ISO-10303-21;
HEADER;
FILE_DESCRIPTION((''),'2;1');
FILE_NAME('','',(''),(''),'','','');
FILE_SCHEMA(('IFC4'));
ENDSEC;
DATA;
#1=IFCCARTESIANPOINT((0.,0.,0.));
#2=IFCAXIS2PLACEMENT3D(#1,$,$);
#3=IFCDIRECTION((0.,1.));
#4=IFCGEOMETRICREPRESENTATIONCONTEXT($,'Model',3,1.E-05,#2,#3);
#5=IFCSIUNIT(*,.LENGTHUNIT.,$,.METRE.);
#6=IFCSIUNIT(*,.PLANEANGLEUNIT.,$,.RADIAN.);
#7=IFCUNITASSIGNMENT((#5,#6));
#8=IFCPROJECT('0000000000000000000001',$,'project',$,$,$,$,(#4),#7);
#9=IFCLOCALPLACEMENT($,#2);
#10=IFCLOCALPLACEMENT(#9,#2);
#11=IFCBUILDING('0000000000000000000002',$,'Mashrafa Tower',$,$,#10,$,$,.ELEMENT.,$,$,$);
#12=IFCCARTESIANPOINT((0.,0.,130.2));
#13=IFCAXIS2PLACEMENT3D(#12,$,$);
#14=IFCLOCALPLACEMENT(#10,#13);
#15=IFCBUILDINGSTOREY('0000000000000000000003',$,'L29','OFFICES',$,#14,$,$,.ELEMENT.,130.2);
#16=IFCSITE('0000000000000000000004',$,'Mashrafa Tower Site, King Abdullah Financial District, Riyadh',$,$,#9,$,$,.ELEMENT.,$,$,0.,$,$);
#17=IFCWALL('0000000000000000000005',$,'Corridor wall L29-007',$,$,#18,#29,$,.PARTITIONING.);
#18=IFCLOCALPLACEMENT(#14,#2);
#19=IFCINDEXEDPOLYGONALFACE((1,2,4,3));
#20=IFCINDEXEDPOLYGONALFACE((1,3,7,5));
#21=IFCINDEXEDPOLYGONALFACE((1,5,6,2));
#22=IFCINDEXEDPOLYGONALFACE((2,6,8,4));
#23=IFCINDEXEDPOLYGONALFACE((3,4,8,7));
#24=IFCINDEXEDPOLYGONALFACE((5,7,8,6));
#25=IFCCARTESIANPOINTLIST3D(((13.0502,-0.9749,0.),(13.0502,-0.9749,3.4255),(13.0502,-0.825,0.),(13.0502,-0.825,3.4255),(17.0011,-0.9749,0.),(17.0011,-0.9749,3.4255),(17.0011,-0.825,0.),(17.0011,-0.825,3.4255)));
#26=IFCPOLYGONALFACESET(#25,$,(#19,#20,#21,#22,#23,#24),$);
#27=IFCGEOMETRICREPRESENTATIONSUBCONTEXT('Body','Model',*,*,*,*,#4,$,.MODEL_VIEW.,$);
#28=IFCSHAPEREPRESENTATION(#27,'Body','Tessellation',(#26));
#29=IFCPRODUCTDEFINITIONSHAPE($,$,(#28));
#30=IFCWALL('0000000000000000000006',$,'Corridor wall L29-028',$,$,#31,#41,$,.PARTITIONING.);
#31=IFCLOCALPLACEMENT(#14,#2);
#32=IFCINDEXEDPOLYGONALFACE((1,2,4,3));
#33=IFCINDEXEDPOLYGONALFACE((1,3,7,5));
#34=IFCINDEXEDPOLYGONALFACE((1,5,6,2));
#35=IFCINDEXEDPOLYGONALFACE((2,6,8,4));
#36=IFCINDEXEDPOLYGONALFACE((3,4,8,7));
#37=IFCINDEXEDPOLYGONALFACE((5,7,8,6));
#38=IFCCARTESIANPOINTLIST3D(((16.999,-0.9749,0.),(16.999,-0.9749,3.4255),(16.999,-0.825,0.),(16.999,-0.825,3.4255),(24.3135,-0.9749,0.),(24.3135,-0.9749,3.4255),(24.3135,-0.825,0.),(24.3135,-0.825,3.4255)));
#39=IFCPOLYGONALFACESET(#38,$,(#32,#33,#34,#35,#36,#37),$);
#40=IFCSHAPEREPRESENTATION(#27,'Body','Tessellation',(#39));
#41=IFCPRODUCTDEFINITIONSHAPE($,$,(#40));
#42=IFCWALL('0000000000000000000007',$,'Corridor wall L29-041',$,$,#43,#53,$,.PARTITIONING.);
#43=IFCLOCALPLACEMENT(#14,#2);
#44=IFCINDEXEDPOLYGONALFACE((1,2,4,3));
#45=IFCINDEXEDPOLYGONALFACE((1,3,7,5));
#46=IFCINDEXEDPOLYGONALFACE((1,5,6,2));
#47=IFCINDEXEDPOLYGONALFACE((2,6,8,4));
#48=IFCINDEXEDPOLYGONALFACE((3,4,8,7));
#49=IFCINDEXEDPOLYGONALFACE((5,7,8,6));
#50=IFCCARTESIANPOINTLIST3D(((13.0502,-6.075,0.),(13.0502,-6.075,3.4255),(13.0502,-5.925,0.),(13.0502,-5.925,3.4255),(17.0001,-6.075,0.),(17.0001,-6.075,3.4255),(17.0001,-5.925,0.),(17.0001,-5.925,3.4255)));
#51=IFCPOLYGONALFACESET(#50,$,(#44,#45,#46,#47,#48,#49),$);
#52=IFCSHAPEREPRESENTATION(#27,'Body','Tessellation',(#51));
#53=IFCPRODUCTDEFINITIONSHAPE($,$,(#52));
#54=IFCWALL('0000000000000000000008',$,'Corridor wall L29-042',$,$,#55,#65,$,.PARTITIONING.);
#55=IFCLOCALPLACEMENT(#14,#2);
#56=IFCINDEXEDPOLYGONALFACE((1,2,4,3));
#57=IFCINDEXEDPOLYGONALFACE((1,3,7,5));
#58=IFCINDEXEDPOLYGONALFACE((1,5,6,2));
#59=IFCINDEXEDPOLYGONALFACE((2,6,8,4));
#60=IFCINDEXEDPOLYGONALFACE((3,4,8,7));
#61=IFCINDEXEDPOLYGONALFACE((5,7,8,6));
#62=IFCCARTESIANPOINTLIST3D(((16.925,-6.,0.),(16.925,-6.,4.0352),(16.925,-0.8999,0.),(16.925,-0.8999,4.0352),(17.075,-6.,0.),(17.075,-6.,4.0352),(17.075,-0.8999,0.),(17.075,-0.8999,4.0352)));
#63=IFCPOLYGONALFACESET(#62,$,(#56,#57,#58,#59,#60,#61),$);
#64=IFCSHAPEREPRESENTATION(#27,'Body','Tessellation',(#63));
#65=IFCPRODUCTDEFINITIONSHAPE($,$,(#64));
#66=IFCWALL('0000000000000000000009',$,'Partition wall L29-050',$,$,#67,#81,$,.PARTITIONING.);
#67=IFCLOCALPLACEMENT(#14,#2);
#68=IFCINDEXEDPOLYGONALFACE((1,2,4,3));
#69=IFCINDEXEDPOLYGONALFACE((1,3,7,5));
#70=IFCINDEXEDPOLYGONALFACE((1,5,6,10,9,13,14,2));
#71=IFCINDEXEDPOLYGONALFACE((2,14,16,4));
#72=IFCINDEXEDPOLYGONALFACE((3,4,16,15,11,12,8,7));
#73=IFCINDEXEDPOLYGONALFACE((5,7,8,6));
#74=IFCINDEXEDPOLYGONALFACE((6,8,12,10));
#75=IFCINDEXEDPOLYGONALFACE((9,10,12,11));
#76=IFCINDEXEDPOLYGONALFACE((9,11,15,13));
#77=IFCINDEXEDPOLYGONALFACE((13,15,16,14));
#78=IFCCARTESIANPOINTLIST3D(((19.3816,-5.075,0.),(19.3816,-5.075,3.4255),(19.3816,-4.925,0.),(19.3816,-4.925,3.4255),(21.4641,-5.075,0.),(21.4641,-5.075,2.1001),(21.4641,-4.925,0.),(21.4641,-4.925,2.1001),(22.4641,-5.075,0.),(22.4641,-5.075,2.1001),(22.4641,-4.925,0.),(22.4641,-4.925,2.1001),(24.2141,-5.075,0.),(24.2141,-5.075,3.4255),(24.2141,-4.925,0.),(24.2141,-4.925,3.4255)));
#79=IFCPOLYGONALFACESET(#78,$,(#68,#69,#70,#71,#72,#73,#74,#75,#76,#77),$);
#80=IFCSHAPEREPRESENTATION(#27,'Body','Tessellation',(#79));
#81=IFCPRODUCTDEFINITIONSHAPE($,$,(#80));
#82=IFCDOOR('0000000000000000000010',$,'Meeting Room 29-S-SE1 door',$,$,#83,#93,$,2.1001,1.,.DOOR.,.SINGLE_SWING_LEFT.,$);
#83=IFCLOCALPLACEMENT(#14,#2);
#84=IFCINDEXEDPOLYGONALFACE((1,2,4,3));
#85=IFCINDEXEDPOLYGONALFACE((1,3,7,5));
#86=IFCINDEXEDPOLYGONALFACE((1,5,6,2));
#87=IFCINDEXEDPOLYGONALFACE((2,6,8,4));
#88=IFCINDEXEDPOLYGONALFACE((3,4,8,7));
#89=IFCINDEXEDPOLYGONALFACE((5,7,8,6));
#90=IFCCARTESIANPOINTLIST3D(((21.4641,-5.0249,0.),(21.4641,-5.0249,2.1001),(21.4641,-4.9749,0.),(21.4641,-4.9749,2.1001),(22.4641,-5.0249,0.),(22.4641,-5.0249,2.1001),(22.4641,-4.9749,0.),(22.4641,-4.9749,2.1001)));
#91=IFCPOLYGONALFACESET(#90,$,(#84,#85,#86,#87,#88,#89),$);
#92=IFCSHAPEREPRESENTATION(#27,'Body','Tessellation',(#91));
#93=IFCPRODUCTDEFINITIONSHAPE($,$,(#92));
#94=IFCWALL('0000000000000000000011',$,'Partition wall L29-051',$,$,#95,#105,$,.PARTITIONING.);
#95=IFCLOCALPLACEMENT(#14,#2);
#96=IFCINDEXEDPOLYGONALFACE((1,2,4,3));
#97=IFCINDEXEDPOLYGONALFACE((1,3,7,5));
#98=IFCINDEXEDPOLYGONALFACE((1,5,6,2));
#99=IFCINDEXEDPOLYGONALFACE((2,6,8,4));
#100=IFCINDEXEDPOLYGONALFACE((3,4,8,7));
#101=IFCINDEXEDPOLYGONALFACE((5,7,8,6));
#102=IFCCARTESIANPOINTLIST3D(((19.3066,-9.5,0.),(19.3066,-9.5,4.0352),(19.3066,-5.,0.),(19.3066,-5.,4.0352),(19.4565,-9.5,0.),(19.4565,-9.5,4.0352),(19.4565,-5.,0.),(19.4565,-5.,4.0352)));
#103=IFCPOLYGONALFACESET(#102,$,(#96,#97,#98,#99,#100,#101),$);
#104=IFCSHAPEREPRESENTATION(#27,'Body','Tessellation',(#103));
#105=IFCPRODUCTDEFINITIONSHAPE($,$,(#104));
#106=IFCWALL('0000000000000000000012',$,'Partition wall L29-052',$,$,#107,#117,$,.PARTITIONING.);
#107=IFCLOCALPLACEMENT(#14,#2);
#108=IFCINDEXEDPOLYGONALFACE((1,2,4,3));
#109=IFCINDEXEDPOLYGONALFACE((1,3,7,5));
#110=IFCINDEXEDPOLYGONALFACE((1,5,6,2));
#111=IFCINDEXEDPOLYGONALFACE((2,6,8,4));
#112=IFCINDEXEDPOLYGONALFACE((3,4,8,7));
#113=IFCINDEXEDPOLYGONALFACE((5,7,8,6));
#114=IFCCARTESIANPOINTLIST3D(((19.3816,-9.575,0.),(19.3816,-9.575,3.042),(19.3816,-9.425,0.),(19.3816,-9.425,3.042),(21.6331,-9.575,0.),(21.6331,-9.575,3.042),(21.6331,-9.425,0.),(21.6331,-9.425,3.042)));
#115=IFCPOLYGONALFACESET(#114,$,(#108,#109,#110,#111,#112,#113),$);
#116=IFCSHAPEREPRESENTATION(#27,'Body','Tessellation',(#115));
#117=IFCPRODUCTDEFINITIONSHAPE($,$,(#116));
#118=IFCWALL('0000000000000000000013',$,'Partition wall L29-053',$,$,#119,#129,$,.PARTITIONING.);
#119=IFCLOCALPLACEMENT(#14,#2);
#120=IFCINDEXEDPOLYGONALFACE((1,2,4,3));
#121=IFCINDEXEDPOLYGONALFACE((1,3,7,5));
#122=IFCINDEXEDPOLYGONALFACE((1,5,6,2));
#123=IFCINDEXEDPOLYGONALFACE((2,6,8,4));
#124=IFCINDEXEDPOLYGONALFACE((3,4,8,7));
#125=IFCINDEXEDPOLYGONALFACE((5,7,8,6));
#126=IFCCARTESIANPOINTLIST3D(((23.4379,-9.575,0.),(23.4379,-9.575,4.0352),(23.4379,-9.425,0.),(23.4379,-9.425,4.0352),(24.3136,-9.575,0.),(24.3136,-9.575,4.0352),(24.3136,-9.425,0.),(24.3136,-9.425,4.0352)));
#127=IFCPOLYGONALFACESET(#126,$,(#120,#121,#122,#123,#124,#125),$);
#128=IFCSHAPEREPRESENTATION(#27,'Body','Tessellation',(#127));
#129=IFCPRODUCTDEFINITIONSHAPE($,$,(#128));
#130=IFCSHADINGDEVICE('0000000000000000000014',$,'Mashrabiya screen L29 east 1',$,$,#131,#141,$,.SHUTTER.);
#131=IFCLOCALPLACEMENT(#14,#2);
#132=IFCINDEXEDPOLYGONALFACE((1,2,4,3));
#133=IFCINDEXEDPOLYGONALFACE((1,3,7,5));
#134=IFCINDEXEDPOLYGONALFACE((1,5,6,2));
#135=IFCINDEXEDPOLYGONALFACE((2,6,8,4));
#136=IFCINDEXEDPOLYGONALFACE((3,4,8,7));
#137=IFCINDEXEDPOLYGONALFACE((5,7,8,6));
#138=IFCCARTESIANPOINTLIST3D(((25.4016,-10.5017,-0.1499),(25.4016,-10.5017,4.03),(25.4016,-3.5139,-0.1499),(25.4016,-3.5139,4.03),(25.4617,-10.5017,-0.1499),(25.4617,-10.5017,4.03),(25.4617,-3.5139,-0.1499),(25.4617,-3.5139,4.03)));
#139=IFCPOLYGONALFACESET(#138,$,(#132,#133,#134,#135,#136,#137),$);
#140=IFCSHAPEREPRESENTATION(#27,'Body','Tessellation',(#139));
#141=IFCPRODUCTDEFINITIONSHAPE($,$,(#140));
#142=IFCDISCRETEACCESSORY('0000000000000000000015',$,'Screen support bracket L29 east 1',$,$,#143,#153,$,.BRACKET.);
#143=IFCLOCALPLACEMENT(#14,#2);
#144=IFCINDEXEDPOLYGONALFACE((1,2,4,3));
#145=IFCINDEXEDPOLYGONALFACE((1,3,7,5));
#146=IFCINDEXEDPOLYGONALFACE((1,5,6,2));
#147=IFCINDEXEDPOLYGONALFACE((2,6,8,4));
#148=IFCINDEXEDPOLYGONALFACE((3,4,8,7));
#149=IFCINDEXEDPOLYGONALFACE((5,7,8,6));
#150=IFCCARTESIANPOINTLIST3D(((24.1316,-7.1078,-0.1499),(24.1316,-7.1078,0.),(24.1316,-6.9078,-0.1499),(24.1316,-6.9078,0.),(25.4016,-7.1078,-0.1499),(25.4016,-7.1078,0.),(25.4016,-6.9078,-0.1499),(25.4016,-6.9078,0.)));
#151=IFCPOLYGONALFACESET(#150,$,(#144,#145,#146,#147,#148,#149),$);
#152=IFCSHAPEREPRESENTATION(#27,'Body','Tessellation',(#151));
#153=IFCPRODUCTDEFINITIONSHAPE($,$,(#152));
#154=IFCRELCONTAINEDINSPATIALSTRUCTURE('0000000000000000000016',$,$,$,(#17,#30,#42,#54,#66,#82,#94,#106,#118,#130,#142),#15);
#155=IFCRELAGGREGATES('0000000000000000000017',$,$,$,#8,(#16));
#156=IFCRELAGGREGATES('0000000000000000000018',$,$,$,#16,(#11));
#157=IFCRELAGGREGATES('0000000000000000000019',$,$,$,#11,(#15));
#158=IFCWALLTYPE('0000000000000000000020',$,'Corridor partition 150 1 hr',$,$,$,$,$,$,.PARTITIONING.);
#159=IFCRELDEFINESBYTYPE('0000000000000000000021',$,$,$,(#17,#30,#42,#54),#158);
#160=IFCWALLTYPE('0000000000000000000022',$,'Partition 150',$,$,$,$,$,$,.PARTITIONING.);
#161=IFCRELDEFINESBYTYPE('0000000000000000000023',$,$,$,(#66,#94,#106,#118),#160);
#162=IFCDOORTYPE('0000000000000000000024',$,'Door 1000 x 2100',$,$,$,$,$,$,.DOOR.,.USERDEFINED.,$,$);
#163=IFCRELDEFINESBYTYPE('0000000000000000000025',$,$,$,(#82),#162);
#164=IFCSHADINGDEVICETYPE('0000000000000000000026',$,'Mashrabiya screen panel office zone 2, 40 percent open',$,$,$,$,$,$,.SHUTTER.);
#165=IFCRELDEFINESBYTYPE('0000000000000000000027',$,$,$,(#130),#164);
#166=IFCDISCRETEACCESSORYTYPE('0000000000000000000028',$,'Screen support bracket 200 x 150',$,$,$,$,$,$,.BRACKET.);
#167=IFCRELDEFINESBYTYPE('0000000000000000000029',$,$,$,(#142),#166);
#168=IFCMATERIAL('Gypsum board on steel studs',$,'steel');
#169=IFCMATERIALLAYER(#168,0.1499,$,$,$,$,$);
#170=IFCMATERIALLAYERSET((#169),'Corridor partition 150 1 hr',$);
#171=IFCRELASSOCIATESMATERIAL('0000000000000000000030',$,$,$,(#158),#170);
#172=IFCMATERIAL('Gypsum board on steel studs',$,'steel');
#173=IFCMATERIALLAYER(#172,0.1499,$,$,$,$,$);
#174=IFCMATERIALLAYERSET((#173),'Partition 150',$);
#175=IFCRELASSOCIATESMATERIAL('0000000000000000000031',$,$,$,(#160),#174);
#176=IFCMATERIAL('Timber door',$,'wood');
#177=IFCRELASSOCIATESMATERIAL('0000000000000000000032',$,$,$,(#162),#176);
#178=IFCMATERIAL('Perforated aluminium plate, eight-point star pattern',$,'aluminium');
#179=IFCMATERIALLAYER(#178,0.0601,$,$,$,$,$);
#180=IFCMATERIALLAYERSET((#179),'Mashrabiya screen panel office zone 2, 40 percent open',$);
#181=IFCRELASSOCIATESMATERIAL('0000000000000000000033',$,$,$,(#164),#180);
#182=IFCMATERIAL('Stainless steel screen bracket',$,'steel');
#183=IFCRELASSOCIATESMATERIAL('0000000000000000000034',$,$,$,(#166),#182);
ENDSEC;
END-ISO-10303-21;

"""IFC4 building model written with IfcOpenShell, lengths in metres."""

from ifc_helpers import new_model, si_unit, direction, frame, frame_2d, origin, origin_2d, place, context, subcontext, project, spatial, rectangle, extrude, source, transform, mapped, material, layer, layer_set, type_object, type_shapes, element, fill, save


model = new_model("IFC4")

# Units and contexts
model_context = context("Model", 3, precision=1e-05, world=origin(), true_north=direction((0.0, 1.0)))
body_context = subcontext(model_context, "Body", "Model", "MODEL_VIEW")
ifc_project = project(units=[si_unit("LENGTHUNIT", "METRE"), si_unit("PLANEANGLEUNIT", "RADIAN")], contexts=[model_context])

# Site, building, storey
site_placement = place(None, origin())
site = spatial("IfcSite", under=ifc_project, at=site_placement, Name="Mashrafa Tower Site, King Abdullah Financial District, Riyadh", CompositionType="ELEMENT", RefElevation=0.0)
building_placement = place(site_placement, origin())
building = spatial("IfcBuilding", under=site, at=building_placement, Name="Mashrafa Tower", CompositionType="ELEMENT")
storey_placement = place(building_placement, frame((0.0, 0.0, 130.2)))
storey = spatial("IfcBuildingStorey", under=building, at=storey_placement, Name="L29", Description="OFFICES", CompositionType="ELEMENT", Elevation=130.2)

# Shared definitions
ifc_material_1 = material(Name="Gypsum board on steel studs", Category="steel")
ifc_layer_1 = layer(ifc_material_1, 0.1499)
ifc_layer_set_1 = layer_set([ifc_layer_1], Name="Corridor partition 150 1 hr")
wall_type_1 = type_object("IfcWallType", Name="Corridor partition 150 1 hr", PredefinedType="PARTITIONING", material=ifc_layer_set_1)

# Walls
wall_1_placement = place(storey_placement, frame((13.05, -0.8999, 0.0), z_axis=(0.0, 0.0, 1.0), x_axis=(1.0, 0.0, 0.0)))
element("IfcWall", 1, at=wall_1_placement, inside=storey, type_object=wall_type_1, Name="Corridor wall L29-007", PredefinedType="PARTITIONING", context=body_context, shape_type="SweptSolid", body=[
    extrude(rectangle(XDim=3.9509, YDim=0.1499, at=frame_2d((1.9756, 0.0))), origin(), (0.0, 0.0, 1.0), 3.4255),
])
wall_2_placement = place(storey_placement, frame((16.999, -0.8999, 0.0), z_axis=(0.0, 0.0, 1.0), x_axis=(1.0, 0.0, 0.0)))
element("IfcWall", 2, at=wall_2_placement, inside=storey, type_object=wall_type_1, Name="Corridor wall L29-028", PredefinedType="PARTITIONING", context=body_context, shape_type="SweptSolid", body=[
    extrude(rectangle(XDim=7.3145, YDim=0.1499, at=frame_2d((3.6572, 0.0))), origin(), (0.0, 0.0, 1.0), 3.4255),
])
wall_3_placement = place(storey_placement, frame((13.05, -6.0, 0.0), z_axis=(0.0, 0.0, 1.0), x_axis=(1.0, 0.0, 0.0)))
element("IfcWall", 3, at=wall_3_placement, inside=storey, type_object=wall_type_1, Name="Corridor wall L29-041", PredefinedType="PARTITIONING", context=body_context, shape_type="SweptSolid", body=[
    extrude(rectangle(XDim=3.95, YDim=0.1499, at=frame_2d((1.9751, 0.0))), origin(), (0.0, 0.0, 1.0), 3.4255),
])
wall_4_placement = place(storey_placement, frame((17.0, -6.0, 0.0), z_axis=(0.0, 0.0, 1.0), x_axis=(0.0, 1.0, 0.0)))
element("IfcWall", 4, at=wall_4_placement, inside=storey, type_object=wall_type_1, Name="Corridor wall L29-042", PredefinedType="PARTITIONING", context=body_context, shape_type="SweptSolid", body=[
    extrude(rectangle(XDim=5.1001, YDim=0.1499, at=frame_2d((2.55, 0.0))), origin(), (0.0, 0.0, 1.0), 4.0352),
])

# Wall, opening, door
ifc_material_2 = material(Name="Gypsum board on steel studs", Category="steel")
ifc_layer_2 = layer(ifc_material_2, 0.1499)
ifc_layer_set_2 = layer_set([ifc_layer_2], Name="Partition 150")
wall_type_2 = type_object("IfcWallType", Name="Partition 150", PredefinedType="PARTITIONING", material=ifc_layer_set_2)
wall_5_placement = place(storey_placement, frame((24.2141, -5.0, 0.0), z_axis=(0.0, 0.0, 1.0), x_axis=(-1.0, 0.0, 0.0)))
wall_5 = element("IfcWall", 5, at=wall_5_placement, inside=storey, type_object=wall_type_2, Name="Partition wall L29-050", PredefinedType="PARTITIONING", context=body_context, shape_type="SweptSolid", body=[
    extrude(rectangle(XDim=4.8325, YDim=0.1499, at=frame_2d((2.4163, 0.0))), origin(), (0.0, 0.0, 1.0), 3.4255),
])
opening_1_placement = place(wall_5_placement, frame((1.75, 0.0, 0.0)))
opening_1 = element("IfcOpeningElement", 6, at=opening_1_placement, cuts=wall_5, PredefinedType="OPENING", context=body_context, shape_type="SweptSolid", body=[
    extrude(rectangle(XDim=1.0, YDim=2.1001, at=frame_2d((0.5, 1.05))), frame((0.0, 0.085, 0.0), z_axis=(0.0, -1.0, 0.0), x_axis=(1.0, 0.0, 0.0)), (0.0, 0.0, 1.0), 0.1699),
])
ifc_material_3 = material(Name="Timber door", Category="wood")
door_type_1 = type_object("IfcDoorType", Name="Door 1000 x 2100", OperationType="USERDEFINED", PredefinedType="DOOR", material=ifc_material_3)
door_1_placement = place(opening_1_placement, origin())
door_1 = element("IfcDoor", 7, at=door_1_placement, inside=storey, type_object=door_type_1, Name="Meeting Room 29-S-SE1 door", OperationType="SINGLE_SWING_LEFT", OverallHeight=2.1001, OverallWidth=1.0, PredefinedType="DOOR", context=body_context, shape_type="SweptSolid", body=[
    extrude(rectangle(XDim=1.0, YDim=2.1001, at=frame_2d((0.5, 1.05))), frame((0.0, 0.0249, 0.0), z_axis=(0.0, -1.0, 0.0), x_axis=(1.0, 0.0, 0.0)), (0.0, 0.0, 1.0), 0.05),
])
fill(opening_1, door_1)

# Walls
wall_6_placement = place(storey_placement, frame((19.3816, -5.0, 0.0), z_axis=(0.0, 0.0, 1.0), x_axis=(0.0, -1.0, 0.0)))
element("IfcWall", 8, at=wall_6_placement, inside=storey, type_object=wall_type_2, Name="Partition wall L29-051", PredefinedType="PARTITIONING", context=body_context, shape_type="SweptSolid", body=[
    extrude(rectangle(XDim=4.5, YDim=0.1499, at=frame_2d((2.25, 0.0))), origin(), (0.0, 0.0, 1.0), 4.0352),
])
wall_7_placement = place(storey_placement, frame((19.3816, -9.5, 0.0), z_axis=(0.0, 0.0, 1.0), x_axis=(1.0, 0.0, 0.0)))
element("IfcWall", 9, at=wall_7_placement, inside=storey, type_object=wall_type_2, Name="Partition wall L29-052", PredefinedType="PARTITIONING", context=body_context, shape_type="SweptSolid", body=[
    extrude(rectangle(XDim=2.2515, YDim=0.1499, at=frame_2d((1.1257, 0.0))), origin(), (0.0, 0.0, 1.0), 3.042),
])
wall_8_placement = place(storey_placement, frame((23.4377, -9.5, 0.0), z_axis=(0.0, 0.0, 1.0), x_axis=(1.0, 0.0, 0.0)))
element("IfcWall", 10, at=wall_8_placement, inside=storey, type_object=wall_type_2, Name="Partition wall L29-053", PredefinedType="PARTITIONING", context=body_context, shape_type="SweptSolid", body=[
    extrude(rectangle(XDim=0.8757, YDim=0.1499, at=frame_2d((0.438, 0.0))), origin(), (0.0, 0.0, 1.0), 4.0352),
])

# Shading device
ifc_material_4 = material(Name="Perforated aluminium plate, eight-point star pattern", Category="aluminium")
ifc_layer_3 = layer(ifc_material_4, 0.0601)
ifc_layer_set_3 = layer_set([ifc_layer_3], Name="Mashrabiya screen panel office zone 2, 40 percent open")
shading_device_type = type_object("IfcShadingDeviceType", Name="Mashrabiya screen panel office zone 2, 40 percent open", PredefinedType="SHUTTER", material=ifc_layer_set_3)
shared_shape_1 = source(origin(), body_context, "Body", "SweptSolid", [
    extrude(rectangle(XDim=6.9878, YDim=0.0601, at=origin_2d()), origin(), (0.0, 0.0, 1.0), 4.1799),
])
type_shapes(shading_device_type, [shared_shape_1])
shading_device_placement = place(storey_placement, frame((25.4316, -7.0078, -0.1499), z_axis=(0.0, 0.0, 1.0), x_axis=(0.0, 1.0, 0.0)))
element("IfcShadingDevice", 11, at=shading_device_placement, inside=storey, type_object=shading_device_type, Name="Mashrabiya screen L29 east 1", PredefinedType="SHUTTER", context=body_context, shape_type="MappedRepresentation", body=[
    mapped(shared_shape_1, transform((0.0, 0.0, 0.0))),
])

# Discrete accessory
ifc_material_5 = material(Name="Stainless steel screen bracket", Category="steel")
discrete_accessory_type = type_object("IfcDiscreteAccessoryType", Name="Screen support bracket 200 x 150", PredefinedType="BRACKET", material=ifc_material_5)
shared_shape_2 = source(origin(), body_context, "Body", "SweptSolid", [
    extrude(rectangle(XDim=0.2, YDim=1.27, at=origin_2d()), origin(), (0.0, 0.0, 1.0), 0.1499),
])
type_shapes(discrete_accessory_type, [shared_shape_2])
discrete_accessory_placement = place(storey_placement, frame((24.7666, -7.0078, -0.1499), z_axis=(0.0, 0.0, 1.0), x_axis=(0.0, 1.0, 0.0)))
element("IfcDiscreteAccessory", 12, at=discrete_accessory_placement, inside=storey, type_object=discrete_accessory_type, Name="Screen support bracket L29 east 1", PredefinedType="BRACKET", context=body_context, shape_type="MappedRepresentation", body=[
    mapped(shared_shape_2, transform((0.0, 0.0, 0.0))),
])

save(model, "model.ifc")
